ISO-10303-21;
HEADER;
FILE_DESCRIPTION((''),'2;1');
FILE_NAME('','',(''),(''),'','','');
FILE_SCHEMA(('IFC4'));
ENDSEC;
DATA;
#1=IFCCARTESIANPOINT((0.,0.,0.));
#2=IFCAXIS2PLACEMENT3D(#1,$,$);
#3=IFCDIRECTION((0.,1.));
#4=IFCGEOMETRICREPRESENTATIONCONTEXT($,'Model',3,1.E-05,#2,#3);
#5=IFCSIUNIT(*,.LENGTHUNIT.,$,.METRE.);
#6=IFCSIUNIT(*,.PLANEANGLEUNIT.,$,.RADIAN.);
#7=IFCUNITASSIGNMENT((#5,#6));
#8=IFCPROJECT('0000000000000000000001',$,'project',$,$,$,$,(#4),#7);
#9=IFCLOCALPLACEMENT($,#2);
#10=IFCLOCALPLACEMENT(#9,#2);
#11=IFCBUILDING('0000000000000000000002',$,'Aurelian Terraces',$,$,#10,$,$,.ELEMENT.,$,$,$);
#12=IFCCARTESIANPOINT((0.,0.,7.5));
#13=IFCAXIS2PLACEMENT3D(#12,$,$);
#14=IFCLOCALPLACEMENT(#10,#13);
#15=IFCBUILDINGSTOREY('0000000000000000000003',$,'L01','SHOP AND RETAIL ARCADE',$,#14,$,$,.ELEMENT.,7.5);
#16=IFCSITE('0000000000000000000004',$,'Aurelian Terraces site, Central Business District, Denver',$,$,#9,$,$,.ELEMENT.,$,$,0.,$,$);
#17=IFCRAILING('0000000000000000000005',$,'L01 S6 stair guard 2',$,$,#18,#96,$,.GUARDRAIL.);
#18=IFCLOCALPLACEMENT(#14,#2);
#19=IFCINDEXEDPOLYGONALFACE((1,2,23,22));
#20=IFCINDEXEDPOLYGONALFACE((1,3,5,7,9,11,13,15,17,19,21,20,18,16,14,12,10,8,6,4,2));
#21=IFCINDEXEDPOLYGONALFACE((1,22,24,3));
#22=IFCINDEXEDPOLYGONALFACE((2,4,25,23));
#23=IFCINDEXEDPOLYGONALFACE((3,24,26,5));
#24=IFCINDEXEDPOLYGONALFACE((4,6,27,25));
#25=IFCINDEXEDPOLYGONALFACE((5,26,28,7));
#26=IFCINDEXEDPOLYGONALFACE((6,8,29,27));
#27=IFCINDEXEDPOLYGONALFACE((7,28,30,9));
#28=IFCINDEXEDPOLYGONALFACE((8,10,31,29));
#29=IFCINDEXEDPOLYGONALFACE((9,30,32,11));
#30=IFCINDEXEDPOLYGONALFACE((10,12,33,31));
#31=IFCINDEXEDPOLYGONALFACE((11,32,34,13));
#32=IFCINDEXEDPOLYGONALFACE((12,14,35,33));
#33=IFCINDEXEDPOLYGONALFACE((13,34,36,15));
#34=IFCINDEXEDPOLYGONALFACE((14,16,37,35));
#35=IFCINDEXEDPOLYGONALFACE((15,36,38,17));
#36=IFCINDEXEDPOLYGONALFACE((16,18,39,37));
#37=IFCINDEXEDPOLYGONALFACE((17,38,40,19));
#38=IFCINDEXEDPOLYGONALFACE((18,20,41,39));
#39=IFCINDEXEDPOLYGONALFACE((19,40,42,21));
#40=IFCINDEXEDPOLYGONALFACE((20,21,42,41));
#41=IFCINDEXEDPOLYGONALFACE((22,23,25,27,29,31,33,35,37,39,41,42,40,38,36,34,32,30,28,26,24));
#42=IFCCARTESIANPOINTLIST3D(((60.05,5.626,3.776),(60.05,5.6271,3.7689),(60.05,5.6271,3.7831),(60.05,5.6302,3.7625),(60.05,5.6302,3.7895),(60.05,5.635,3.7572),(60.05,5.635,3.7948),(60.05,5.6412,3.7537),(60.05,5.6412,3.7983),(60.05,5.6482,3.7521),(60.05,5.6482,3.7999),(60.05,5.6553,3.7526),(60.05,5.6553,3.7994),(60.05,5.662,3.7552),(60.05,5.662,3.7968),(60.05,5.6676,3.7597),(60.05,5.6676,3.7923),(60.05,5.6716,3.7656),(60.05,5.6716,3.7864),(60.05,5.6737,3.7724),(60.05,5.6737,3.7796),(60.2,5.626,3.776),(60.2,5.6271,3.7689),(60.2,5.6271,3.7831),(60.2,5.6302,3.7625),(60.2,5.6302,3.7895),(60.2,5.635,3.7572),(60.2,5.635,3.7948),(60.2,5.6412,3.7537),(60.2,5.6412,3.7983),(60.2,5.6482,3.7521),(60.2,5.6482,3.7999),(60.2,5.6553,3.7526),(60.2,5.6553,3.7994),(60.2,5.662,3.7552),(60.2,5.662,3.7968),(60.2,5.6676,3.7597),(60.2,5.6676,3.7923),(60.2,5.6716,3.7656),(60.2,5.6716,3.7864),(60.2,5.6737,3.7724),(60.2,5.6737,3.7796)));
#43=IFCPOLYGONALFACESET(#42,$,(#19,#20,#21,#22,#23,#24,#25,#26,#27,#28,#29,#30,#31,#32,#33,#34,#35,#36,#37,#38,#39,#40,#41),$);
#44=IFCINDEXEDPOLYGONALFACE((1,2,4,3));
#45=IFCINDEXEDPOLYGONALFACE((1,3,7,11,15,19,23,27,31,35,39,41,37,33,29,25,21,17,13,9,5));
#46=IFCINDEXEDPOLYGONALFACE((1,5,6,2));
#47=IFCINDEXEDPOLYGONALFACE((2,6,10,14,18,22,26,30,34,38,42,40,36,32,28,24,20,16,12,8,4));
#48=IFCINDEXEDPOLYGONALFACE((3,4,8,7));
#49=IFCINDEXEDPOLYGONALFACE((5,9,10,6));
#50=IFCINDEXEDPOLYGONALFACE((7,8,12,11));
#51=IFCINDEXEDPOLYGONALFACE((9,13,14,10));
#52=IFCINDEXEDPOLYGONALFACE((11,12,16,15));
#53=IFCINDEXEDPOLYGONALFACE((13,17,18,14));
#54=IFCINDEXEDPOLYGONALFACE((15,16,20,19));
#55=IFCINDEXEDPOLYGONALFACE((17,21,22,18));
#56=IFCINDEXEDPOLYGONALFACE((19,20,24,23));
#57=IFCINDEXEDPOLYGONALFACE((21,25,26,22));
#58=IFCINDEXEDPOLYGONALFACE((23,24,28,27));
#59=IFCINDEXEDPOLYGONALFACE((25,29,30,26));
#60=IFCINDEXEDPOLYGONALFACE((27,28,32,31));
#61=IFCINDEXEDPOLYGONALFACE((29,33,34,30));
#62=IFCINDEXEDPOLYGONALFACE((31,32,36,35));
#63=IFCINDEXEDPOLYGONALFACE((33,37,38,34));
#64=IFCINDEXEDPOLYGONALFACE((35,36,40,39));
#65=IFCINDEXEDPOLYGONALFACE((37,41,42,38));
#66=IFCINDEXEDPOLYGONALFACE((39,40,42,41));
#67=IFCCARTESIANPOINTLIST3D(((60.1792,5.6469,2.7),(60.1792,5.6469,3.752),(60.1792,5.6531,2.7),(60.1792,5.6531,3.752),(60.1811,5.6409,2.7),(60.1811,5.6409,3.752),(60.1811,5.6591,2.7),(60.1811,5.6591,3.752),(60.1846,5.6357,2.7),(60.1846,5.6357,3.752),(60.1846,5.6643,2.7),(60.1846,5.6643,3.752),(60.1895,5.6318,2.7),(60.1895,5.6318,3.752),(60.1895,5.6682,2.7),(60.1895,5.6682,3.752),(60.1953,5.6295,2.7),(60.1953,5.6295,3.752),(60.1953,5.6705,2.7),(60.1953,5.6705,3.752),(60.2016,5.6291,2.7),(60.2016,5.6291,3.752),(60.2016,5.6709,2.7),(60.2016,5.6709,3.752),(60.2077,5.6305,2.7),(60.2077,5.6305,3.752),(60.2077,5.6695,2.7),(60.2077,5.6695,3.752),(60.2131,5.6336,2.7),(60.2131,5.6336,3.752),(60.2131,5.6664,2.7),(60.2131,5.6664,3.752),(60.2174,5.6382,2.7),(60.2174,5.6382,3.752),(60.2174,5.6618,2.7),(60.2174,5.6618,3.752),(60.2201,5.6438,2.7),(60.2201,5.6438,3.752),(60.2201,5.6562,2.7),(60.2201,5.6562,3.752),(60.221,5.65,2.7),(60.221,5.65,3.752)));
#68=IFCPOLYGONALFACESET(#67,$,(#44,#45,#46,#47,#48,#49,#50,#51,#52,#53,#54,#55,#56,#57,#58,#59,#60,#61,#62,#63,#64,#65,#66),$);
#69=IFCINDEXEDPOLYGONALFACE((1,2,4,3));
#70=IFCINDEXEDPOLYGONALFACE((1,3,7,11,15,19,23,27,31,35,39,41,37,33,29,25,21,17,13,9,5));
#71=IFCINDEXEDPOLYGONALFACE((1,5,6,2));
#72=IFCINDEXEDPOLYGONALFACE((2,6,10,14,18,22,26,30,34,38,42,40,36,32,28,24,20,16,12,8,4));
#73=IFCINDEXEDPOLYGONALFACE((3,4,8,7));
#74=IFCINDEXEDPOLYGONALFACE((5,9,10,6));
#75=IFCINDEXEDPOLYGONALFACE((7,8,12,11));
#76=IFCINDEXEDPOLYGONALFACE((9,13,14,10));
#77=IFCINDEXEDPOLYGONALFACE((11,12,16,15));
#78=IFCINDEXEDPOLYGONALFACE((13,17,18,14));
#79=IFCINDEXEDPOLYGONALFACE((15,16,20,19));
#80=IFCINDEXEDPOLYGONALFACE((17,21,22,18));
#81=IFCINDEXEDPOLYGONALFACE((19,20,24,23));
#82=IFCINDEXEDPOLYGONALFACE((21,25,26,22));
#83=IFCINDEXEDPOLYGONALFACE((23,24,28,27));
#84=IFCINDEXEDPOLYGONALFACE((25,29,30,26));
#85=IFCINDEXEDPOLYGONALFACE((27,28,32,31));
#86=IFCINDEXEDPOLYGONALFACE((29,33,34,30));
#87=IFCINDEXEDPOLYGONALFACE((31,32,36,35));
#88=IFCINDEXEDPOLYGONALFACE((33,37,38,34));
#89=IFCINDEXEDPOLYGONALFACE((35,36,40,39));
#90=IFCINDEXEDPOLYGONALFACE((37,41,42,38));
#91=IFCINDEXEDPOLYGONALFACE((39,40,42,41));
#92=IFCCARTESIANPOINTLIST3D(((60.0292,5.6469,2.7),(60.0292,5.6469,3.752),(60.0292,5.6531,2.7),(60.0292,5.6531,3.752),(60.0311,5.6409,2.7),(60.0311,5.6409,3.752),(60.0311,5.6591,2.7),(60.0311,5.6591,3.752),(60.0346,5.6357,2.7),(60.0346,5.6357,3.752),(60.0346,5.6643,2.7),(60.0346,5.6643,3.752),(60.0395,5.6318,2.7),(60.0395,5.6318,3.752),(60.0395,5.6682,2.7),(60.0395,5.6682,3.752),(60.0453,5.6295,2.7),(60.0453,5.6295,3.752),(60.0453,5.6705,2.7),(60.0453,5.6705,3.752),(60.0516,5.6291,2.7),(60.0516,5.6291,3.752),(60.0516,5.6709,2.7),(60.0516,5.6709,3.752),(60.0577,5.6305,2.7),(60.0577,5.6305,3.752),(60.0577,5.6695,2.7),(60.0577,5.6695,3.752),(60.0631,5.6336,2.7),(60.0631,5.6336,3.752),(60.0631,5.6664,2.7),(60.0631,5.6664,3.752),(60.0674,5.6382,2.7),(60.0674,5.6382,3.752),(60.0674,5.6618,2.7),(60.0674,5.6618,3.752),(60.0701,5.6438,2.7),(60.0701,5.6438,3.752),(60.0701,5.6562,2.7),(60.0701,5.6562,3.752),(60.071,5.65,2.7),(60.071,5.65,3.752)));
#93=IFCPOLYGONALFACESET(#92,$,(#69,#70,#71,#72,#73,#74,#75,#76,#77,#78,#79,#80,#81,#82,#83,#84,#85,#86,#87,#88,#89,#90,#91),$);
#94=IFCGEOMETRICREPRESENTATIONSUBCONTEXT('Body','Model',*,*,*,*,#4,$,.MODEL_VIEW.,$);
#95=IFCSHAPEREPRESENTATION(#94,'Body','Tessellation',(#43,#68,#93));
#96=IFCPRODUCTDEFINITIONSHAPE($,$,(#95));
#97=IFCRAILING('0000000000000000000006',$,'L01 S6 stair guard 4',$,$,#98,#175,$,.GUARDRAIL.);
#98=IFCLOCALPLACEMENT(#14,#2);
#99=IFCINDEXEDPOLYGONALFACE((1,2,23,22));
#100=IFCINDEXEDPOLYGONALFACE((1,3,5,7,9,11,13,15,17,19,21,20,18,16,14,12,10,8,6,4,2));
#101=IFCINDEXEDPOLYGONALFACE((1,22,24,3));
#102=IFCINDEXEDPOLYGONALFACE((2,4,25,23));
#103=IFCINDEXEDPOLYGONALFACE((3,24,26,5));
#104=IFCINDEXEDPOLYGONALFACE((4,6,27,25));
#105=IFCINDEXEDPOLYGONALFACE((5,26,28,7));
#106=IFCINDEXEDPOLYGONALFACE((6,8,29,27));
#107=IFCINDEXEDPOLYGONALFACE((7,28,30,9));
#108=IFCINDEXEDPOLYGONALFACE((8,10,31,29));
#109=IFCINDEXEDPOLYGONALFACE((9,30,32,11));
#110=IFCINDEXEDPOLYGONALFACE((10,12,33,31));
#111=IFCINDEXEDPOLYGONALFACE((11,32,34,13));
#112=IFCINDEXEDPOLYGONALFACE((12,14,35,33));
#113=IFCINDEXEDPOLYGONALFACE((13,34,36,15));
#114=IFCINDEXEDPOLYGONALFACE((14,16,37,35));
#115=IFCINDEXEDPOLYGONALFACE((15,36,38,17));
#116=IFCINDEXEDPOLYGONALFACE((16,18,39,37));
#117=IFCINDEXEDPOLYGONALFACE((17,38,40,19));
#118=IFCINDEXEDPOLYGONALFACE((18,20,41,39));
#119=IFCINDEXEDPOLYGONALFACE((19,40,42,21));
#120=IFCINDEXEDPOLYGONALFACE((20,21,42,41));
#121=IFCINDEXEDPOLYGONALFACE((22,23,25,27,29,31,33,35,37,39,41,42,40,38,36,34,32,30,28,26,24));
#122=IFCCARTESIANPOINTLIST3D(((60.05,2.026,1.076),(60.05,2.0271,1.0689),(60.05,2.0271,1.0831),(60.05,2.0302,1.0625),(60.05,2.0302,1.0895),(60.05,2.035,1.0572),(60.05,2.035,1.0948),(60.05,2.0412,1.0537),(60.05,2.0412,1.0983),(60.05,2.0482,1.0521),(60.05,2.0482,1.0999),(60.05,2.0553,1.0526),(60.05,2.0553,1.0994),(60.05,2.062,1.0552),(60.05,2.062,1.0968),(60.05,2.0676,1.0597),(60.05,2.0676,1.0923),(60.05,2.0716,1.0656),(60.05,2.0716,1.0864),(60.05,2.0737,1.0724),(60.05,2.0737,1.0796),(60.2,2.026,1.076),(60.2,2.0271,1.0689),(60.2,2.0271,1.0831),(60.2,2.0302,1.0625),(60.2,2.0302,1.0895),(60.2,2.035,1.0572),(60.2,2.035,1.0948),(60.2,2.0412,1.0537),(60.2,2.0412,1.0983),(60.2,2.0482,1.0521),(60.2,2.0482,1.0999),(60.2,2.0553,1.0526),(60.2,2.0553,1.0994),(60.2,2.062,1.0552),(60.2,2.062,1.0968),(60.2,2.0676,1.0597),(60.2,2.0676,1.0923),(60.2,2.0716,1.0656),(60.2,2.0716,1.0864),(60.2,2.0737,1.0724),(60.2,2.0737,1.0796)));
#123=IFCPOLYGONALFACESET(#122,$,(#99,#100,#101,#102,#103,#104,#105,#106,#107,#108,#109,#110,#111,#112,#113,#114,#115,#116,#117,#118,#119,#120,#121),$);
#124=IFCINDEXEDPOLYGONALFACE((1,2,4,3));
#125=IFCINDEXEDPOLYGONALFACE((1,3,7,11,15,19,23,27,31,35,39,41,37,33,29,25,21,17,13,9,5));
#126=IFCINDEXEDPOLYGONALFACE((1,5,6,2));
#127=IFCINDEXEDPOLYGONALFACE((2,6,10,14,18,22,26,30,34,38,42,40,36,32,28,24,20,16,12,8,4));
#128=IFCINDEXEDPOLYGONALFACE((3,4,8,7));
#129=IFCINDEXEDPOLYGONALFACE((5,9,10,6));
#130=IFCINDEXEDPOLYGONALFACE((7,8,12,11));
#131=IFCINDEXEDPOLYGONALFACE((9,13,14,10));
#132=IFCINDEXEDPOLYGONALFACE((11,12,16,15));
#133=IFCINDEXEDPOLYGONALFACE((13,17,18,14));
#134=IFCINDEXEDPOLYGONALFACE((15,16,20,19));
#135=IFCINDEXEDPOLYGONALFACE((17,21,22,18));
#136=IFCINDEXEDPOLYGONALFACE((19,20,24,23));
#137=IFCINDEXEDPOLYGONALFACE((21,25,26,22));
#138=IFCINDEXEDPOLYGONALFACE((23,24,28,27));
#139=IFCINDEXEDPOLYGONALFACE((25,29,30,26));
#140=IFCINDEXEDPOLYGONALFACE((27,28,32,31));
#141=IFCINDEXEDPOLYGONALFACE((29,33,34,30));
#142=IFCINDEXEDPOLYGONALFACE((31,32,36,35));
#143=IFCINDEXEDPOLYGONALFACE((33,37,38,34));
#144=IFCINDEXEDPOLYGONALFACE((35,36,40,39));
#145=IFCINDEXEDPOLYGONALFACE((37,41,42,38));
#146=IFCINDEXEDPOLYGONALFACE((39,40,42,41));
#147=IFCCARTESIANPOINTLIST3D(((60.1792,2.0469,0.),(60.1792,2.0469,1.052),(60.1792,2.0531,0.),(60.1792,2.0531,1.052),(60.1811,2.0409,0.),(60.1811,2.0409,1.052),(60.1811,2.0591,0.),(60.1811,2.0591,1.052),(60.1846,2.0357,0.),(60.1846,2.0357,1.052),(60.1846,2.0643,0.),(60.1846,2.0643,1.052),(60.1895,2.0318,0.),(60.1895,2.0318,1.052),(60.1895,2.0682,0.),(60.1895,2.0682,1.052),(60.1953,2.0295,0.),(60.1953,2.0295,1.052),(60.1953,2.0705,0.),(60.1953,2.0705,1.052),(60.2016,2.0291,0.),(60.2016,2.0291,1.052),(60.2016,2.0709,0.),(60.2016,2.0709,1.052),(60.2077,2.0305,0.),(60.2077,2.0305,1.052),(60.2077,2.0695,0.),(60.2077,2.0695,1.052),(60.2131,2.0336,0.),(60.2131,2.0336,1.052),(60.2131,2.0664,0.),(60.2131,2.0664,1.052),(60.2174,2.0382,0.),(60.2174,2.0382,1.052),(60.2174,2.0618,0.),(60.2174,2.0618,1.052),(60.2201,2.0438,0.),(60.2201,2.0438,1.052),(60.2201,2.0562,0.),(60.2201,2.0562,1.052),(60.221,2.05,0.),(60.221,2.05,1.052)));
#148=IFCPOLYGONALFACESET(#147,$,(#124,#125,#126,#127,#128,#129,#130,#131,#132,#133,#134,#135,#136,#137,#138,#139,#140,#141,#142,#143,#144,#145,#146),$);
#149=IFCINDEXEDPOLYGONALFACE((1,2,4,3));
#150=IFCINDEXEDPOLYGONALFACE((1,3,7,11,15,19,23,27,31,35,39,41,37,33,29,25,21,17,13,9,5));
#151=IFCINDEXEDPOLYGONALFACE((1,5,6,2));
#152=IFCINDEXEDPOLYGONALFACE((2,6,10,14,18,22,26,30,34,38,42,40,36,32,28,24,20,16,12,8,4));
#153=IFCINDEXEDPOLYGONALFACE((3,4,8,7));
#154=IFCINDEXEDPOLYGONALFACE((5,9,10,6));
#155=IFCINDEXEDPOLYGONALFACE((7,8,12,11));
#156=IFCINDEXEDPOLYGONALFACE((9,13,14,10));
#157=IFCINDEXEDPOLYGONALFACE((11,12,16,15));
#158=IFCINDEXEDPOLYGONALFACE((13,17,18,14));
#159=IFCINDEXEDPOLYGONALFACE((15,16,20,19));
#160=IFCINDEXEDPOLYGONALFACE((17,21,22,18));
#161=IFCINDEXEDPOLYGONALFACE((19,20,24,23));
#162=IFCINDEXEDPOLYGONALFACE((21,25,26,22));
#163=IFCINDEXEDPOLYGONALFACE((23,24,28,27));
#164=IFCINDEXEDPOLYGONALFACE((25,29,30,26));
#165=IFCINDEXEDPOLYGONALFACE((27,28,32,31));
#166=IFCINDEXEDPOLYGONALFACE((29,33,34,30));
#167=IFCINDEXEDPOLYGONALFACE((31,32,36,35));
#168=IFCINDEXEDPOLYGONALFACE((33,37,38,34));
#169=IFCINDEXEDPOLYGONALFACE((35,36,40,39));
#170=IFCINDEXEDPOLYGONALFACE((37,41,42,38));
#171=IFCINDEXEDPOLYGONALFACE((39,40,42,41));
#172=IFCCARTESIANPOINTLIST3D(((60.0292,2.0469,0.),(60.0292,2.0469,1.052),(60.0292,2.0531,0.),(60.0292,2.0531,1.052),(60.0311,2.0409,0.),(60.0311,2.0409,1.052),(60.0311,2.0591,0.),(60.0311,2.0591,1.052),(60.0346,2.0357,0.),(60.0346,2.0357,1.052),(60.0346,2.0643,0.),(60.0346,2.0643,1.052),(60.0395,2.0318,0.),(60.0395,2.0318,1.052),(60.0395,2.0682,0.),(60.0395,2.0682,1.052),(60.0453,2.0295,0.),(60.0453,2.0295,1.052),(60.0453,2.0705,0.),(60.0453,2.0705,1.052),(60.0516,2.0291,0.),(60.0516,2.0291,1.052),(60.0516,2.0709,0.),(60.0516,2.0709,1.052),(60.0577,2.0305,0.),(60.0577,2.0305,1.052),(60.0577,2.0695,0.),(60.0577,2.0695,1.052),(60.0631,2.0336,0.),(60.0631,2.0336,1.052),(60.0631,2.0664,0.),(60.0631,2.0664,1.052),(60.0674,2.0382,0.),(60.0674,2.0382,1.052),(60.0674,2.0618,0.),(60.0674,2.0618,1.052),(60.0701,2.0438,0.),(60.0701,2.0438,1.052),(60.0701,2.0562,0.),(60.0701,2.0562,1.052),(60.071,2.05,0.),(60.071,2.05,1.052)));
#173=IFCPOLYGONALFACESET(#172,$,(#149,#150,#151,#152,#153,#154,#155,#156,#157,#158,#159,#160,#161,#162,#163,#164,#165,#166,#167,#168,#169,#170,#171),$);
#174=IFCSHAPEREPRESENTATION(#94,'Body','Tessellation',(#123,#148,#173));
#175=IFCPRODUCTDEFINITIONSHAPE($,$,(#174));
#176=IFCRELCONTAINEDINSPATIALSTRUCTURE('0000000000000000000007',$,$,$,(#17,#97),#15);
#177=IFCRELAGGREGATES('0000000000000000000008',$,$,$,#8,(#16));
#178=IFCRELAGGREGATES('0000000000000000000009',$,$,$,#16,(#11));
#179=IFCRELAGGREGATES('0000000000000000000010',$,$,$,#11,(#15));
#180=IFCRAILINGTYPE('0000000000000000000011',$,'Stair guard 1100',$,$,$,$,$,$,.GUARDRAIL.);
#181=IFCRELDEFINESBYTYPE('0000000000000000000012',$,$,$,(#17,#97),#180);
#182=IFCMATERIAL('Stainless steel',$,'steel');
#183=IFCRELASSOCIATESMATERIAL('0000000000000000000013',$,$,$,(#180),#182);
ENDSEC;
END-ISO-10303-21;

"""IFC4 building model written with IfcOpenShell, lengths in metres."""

from ifc_helpers import new_model, si_unit, direction, frame, origin, origin_2d, place, context, subcontext, project, spatial, circle, extrude, source, transform, mapped, material, type_object, element, save


model = new_model("IFC4")

# Units and contexts
model_context = context("Model", 3, precision=1e-05, world=origin(), true_north=direction((0.0, 1.0)))
body_context = subcontext(model_context, "Body", "Model", "MODEL_VIEW")
ifc_project = project(units=[si_unit("LENGTHUNIT", "METRE"), si_unit("PLANEANGLEUNIT", "RADIAN")], contexts=[model_context])

# Site, building, storey
site_placement = place(None, origin())
site = spatial("IfcSite", under=ifc_project, at=site_placement, Name="Aurelian Terraces site, Central Business District, Denver", CompositionType="ELEMENT", RefElevation=0.0)
building_placement = place(site_placement, origin())
building = spatial("IfcBuilding", under=site, at=building_placement, Name="Aurelian Terraces", CompositionType="ELEMENT")
storey_placement = place(building_placement, frame((0.0, 0.0, 7.5)))
storey = spatial("IfcBuildingStorey", under=building, at=storey_placement, Name="L01", Description="SHOP AND RETAIL ARCADE", CompositionType="ELEMENT", Elevation=7.5)

# Railings
ifc_material_1 = material(Name="Stainless steel", Category="steel")
railing_type_1 = type_object("IfcRailingType", Name="Stair guard 1100", PredefinedType="GUARDRAIL", material=ifc_material_1)
shared_shape_1 = source(origin(), body_context, "Body", "SweptSolid", [
    extrude(circle(Radius=0.024, at=origin_2d()), frame((0.0, 0.0, 1.076), z_axis=(-1.0, 0.0, 0.0), x_axis=(0.0, -1.0, 0.0)), (0.0, 0.0, 1.0), 0.15),
    extrude(circle(Radius=0.021, at=origin_2d()), origin(), (0.0, 0.0, 1.0), 1.052),
    extrude(circle(Radius=0.021, at=origin_2d()), frame((-0.15, 0.0, 0.0)), (0.0, 0.0, 1.0), 1.052),
])
for number, where, name in (
    (1, (60.2, 5.65, 2.7), "L01 S6 stair guard 2"),
    (2, (60.2, 2.05, 0.0), "L01 S6 stair guard 4"),
):
    element("IfcRailing", number, at=place(storey_placement, frame(where)), inside=storey, type_object=railing_type_1, Name=name, PredefinedType="GUARDRAIL", context=body_context, shape_type="MappedRepresentation", body=[
        mapped(shared_shape_1, transform((0.0, 0.0, 0.0), scale=1.0)),
    ])

save(model, "model.ifc")
